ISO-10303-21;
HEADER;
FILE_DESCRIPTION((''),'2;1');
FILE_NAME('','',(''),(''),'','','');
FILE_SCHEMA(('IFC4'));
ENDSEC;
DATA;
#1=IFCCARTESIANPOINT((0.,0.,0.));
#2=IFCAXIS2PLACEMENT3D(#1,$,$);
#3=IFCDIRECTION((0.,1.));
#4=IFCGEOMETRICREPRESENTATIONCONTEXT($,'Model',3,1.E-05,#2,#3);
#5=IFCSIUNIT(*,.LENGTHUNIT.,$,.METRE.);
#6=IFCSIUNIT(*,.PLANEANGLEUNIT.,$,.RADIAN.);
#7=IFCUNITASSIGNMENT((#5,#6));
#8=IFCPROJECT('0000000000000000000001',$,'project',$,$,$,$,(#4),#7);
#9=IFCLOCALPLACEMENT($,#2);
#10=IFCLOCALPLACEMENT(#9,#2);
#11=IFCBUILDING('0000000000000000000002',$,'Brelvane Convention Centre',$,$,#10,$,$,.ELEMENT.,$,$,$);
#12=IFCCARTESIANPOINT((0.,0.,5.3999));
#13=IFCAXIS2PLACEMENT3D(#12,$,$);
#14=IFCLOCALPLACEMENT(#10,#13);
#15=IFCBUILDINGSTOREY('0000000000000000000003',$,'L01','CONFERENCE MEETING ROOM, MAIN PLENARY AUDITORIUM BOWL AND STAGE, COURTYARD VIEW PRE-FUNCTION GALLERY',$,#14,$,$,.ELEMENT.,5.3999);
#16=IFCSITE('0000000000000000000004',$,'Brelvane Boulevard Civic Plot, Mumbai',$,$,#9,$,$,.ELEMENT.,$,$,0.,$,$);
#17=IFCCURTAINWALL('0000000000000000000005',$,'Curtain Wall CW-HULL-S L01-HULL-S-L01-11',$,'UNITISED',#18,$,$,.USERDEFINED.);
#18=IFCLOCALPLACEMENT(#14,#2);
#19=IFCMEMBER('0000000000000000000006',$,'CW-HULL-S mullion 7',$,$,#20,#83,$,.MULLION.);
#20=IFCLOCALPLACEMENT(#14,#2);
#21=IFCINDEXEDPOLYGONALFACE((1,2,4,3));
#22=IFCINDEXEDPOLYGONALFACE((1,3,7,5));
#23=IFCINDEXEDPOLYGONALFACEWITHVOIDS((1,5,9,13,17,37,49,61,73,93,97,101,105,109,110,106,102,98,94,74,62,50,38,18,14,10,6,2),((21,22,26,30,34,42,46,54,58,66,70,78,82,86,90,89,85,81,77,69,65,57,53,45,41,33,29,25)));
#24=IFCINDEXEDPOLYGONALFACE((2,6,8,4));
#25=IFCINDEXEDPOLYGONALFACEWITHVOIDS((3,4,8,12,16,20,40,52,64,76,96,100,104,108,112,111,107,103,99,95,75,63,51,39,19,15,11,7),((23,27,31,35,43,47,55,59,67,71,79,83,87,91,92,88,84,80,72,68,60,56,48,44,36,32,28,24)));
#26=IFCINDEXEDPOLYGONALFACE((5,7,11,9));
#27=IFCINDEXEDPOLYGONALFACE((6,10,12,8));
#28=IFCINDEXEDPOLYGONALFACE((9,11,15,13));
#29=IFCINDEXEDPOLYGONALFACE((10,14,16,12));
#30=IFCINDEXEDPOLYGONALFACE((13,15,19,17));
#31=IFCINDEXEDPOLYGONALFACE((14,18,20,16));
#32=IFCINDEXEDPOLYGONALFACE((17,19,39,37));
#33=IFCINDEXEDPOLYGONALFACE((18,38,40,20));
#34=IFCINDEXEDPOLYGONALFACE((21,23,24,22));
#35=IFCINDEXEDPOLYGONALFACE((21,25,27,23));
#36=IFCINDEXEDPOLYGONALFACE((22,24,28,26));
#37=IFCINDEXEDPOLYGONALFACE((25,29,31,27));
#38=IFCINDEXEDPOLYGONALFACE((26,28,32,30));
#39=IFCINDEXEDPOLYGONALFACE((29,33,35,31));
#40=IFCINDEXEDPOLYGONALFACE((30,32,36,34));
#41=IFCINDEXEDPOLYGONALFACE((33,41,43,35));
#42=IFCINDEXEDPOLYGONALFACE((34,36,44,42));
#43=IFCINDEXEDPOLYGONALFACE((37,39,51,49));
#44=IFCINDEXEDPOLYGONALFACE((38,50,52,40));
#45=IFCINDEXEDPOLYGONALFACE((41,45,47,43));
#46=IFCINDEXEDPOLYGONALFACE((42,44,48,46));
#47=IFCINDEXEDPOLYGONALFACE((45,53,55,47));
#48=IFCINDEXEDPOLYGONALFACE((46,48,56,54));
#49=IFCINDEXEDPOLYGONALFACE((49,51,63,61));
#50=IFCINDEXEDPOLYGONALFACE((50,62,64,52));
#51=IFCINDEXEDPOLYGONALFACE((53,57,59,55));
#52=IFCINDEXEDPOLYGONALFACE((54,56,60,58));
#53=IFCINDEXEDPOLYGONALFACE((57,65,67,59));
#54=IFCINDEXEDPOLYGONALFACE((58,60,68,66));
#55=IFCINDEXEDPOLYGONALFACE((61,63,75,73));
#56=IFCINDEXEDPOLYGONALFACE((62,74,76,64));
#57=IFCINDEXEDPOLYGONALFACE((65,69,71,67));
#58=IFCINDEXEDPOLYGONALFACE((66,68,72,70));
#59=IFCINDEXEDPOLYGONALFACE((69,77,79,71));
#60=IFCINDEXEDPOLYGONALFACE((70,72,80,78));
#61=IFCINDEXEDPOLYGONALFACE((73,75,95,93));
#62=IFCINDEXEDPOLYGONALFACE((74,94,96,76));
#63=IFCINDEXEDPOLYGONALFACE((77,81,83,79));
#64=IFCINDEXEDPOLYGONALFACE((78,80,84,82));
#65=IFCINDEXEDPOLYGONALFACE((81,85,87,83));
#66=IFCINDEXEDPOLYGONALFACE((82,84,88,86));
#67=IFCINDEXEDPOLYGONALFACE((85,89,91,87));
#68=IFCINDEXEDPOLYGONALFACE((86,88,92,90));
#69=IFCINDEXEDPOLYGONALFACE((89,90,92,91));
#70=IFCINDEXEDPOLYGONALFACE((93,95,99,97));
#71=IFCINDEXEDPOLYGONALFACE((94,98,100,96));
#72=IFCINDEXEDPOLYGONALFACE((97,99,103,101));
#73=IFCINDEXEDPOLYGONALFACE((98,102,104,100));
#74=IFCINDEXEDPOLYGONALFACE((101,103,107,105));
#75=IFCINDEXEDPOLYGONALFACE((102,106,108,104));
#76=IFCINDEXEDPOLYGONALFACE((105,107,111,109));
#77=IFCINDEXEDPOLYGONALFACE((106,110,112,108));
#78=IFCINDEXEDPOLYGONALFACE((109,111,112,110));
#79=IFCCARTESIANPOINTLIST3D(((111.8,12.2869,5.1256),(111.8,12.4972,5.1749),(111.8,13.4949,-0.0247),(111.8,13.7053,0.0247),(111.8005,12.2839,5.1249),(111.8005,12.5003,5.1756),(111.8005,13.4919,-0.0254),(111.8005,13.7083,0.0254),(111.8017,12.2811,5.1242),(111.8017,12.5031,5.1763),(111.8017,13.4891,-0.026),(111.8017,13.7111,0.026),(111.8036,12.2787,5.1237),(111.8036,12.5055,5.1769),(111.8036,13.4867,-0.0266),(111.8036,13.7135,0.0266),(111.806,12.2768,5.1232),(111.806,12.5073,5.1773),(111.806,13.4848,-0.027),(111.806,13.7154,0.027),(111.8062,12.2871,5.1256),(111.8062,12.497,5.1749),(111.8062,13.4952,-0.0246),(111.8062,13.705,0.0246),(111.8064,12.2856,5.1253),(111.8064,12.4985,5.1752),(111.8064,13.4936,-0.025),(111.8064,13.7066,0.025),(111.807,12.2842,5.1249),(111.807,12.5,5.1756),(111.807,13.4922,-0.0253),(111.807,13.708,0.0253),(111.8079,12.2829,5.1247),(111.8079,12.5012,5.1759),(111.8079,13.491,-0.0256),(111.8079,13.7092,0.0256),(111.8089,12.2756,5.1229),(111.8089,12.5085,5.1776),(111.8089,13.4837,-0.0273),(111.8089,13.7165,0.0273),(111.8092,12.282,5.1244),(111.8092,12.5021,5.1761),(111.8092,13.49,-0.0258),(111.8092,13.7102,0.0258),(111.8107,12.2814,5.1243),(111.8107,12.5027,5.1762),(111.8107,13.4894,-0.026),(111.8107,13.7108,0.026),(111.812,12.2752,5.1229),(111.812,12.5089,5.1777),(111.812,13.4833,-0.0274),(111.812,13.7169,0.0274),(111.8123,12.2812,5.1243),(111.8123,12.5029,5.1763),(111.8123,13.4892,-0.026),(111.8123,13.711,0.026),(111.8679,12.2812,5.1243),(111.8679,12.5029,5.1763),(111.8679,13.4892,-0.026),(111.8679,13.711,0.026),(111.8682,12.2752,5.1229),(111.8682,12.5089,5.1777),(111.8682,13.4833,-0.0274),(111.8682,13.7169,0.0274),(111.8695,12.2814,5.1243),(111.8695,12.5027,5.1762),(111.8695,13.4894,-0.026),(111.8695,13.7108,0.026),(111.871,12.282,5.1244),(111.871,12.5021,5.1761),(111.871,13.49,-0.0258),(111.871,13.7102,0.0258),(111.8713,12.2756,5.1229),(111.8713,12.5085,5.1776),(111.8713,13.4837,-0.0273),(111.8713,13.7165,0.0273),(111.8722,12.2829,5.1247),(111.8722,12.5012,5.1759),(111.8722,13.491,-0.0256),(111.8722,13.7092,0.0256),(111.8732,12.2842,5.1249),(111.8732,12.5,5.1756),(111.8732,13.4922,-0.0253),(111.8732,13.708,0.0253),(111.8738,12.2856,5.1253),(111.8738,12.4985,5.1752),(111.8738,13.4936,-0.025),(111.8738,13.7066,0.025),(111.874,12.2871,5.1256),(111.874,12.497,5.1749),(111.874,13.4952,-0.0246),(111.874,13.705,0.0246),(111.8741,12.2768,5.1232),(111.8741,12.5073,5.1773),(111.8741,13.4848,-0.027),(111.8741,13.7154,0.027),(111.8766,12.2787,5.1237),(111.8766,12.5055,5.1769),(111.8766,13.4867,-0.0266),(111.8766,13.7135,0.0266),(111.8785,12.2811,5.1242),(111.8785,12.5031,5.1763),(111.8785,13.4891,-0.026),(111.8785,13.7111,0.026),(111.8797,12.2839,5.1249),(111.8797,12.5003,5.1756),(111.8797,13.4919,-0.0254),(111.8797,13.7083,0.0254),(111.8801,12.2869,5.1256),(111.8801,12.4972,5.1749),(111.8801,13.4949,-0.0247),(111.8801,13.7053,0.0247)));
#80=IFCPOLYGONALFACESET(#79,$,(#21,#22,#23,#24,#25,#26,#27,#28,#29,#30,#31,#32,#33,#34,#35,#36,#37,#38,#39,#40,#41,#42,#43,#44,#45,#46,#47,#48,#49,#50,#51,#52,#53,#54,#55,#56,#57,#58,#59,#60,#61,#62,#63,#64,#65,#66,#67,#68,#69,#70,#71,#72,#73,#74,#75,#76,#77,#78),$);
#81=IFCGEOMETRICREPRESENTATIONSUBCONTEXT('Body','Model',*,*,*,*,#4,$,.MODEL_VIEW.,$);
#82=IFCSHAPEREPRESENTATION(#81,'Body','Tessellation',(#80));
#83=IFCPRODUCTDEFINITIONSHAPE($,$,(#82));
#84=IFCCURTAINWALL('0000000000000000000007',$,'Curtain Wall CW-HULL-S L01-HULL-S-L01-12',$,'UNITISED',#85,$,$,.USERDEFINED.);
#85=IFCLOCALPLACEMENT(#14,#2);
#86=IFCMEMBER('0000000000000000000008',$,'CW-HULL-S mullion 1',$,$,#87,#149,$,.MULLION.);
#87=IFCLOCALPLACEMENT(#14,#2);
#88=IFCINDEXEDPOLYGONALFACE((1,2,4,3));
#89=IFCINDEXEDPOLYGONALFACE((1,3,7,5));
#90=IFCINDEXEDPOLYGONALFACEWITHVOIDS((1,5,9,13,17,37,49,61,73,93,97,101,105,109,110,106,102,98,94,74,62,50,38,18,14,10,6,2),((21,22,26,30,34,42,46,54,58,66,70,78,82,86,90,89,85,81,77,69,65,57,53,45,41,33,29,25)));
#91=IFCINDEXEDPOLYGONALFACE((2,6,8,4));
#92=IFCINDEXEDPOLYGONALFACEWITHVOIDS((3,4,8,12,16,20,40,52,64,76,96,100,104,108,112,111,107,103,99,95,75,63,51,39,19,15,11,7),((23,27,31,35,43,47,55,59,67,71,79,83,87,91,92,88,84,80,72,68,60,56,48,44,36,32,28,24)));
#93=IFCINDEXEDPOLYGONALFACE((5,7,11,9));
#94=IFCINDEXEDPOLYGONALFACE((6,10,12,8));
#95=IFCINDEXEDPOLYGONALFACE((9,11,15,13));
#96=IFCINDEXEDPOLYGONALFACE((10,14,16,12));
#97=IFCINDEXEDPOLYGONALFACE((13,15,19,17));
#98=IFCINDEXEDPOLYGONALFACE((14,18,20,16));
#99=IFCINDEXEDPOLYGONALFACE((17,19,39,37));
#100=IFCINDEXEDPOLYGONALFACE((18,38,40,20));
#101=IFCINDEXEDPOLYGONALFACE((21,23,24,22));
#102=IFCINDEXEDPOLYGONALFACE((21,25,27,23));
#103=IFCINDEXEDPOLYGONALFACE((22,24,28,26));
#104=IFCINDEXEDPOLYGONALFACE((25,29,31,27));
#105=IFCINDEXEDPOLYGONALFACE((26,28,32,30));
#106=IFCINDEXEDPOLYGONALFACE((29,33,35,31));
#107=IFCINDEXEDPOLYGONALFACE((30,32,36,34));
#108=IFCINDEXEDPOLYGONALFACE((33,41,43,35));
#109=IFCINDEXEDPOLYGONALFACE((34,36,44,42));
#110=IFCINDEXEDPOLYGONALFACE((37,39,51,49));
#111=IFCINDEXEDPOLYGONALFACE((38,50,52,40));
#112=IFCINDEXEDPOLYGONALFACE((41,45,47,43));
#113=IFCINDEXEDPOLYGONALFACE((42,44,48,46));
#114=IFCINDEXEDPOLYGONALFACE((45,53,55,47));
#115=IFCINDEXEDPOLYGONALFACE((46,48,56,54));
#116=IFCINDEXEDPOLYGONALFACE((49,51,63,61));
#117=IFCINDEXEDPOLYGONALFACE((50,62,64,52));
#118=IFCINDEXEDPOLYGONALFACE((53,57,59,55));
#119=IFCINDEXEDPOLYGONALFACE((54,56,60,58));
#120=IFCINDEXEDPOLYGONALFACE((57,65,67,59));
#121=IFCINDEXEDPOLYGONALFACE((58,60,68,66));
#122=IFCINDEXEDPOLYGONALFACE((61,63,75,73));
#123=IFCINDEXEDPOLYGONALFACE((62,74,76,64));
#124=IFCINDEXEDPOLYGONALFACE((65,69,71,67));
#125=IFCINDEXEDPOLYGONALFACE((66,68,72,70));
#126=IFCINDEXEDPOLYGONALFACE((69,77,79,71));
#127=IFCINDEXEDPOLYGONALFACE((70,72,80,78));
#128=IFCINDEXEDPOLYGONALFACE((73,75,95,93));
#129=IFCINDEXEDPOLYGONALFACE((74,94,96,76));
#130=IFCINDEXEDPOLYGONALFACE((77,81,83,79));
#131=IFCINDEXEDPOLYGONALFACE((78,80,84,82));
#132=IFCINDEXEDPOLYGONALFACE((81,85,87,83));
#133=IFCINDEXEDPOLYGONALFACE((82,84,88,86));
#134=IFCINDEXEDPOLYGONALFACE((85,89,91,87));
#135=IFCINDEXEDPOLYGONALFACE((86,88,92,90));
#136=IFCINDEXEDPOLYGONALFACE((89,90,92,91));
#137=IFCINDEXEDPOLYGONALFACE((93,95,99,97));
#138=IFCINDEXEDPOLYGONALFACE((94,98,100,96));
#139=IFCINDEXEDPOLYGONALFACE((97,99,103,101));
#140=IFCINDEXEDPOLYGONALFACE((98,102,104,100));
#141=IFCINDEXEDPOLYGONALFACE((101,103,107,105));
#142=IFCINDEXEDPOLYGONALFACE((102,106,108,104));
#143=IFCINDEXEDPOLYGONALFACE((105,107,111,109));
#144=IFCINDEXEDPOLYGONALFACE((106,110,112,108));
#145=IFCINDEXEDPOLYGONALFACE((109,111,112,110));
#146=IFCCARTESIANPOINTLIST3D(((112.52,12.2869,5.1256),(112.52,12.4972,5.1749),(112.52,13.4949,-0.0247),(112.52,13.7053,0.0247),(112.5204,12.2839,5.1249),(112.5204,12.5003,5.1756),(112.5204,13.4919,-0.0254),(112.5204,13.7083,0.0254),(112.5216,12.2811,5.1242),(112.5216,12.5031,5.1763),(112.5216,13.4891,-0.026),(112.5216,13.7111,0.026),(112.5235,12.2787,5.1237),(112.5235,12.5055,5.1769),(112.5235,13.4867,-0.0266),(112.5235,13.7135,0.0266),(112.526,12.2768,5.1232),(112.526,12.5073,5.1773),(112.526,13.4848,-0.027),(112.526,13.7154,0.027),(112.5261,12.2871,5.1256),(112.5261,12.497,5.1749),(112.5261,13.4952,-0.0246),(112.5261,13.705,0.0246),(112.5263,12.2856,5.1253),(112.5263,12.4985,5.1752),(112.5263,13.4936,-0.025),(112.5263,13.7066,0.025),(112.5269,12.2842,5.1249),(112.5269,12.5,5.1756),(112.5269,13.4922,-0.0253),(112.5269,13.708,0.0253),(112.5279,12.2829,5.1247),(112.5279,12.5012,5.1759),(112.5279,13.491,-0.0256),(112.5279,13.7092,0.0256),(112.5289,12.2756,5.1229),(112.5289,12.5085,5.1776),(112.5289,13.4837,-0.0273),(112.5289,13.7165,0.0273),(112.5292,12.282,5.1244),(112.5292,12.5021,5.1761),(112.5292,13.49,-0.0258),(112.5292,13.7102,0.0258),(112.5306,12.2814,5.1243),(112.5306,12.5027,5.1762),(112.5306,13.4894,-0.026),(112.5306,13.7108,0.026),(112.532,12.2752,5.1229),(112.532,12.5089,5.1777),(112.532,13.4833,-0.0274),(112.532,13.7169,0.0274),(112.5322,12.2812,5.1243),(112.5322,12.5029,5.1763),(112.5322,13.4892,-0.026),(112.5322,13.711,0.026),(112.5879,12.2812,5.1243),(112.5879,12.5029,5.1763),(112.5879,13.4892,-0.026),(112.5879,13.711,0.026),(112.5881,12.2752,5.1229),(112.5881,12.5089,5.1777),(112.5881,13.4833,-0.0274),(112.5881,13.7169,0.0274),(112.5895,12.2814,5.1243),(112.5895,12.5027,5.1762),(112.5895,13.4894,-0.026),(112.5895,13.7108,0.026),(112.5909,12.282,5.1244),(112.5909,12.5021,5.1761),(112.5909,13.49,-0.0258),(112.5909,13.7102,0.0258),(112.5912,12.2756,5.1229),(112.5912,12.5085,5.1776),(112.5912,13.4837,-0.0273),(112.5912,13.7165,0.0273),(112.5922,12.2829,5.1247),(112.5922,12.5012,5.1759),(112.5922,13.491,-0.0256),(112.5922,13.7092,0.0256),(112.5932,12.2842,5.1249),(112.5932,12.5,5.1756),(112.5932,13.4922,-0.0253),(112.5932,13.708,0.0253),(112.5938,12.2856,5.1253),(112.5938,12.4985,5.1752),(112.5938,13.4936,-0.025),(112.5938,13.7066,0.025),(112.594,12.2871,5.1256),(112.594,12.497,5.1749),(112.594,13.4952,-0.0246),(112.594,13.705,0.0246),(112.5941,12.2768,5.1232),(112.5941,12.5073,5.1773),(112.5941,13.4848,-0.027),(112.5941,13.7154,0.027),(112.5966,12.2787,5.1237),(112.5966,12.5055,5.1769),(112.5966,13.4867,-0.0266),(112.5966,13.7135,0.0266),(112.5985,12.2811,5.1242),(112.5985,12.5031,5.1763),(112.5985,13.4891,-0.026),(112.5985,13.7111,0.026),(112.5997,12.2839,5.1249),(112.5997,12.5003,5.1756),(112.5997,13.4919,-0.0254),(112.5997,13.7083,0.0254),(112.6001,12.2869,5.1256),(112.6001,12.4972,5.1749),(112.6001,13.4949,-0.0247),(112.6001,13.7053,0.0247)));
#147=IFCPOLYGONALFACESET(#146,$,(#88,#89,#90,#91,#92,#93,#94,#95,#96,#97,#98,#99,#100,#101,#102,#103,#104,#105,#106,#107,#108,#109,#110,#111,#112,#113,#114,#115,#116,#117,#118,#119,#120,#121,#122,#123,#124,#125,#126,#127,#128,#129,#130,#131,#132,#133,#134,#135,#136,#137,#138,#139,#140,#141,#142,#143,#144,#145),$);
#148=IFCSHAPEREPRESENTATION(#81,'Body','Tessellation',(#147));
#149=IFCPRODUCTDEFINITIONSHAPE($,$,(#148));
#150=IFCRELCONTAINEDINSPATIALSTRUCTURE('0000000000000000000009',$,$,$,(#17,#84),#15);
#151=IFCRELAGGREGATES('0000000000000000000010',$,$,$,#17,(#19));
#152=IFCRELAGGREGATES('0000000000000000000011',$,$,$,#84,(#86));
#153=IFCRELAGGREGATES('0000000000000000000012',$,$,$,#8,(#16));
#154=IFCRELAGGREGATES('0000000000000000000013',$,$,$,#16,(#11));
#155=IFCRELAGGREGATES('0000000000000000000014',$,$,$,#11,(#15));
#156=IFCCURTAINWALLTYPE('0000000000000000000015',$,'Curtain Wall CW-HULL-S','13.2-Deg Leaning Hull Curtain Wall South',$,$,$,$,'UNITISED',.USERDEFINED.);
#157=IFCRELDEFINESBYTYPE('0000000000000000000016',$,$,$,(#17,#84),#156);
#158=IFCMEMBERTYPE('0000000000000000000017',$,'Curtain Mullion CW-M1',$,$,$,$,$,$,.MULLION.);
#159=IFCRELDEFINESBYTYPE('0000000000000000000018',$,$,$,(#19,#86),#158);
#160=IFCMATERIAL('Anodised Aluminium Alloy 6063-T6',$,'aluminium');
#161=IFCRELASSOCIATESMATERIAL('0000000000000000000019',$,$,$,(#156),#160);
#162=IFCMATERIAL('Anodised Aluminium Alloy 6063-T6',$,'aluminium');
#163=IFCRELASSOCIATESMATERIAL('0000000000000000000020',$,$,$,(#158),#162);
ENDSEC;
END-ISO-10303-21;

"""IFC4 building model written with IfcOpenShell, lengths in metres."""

from ifc_helpers import new_model, si_unit, direction, frame, origin, origin_2d, place, context, subcontext, project, spatial, hollow_rectangle, extrude, material, material_profile, profile_set, type_object, element, aggregate, save


model = new_model("IFC4")

# Units and contexts
model_context = context("Model", 3, precision=1e-05, world=origin(), true_north=direction((0.0, 1.0)))
body_context = subcontext(model_context, "Body", "Model", "MODEL_VIEW")
ifc_project = project(units=[si_unit("LENGTHUNIT", "METRE"), si_unit("PLANEANGLEUNIT", "RADIAN")], contexts=[model_context])

# Site, building, storey
site_placement = place(None, origin())
site = spatial("IfcSite", under=ifc_project, at=site_placement, Name="Brelvane Boulevard Civic Plot, Mumbai", CompositionType="ELEMENT", RefElevation=0.0)
building_placement = place(site_placement, origin())
building = spatial("IfcBuilding", under=site, at=building_placement, Name="Brelvane Convention Centre", CompositionType="ELEMENT")
storey_placement = place(building_placement, frame((0.0, 0.0, 5.3999)))
storey = spatial("IfcBuildingStorey", under=building, at=storey_placement, Name="L01", Description="CONFERENCE MEETING ROOM, MAIN PLENARY AUDITORIUM BOWL AND STAGE, COURTYARD VIEW PRE-FUNCTION GALLERY", CompositionType="ELEMENT", Elevation=5.3999)

# Curtain walls, members
ifc_material_1 = material(Name="Anodised Aluminium Alloy 6063-T6", Category="aluminium")
curtain_wall_type = type_object("IfcCurtainWallType", Name="Curtain Wall CW-HULL-S", Description="13.2-Deg Leaning Hull Curtain Wall South", ElementType="UNITISED", PredefinedType="USERDEFINED", material=ifc_material_1)
curtain_wall_1_placement = place(storey_placement, origin())
curtain_wall_1 = element("IfcCurtainWall", 1, at=curtain_wall_1_placement, inside=storey, type_object=curtain_wall_type, Name="Curtain Wall CW-HULL-S L01-HULL-S-L01-11", ObjectType="UNITISED", PredefinedType="USERDEFINED")
ifc_material_2 = material(Name="Anodised Aluminium Alloy 6063-T6", Category="aluminium")
ifc_material_profile_1 = material_profile(ifc_material_2, hollow_rectangle(XDim=0.0801, YDim=0.24, WallThickness=0.0061, InnerFilletRadius=0.0061, OuterFilletRadius=0.012, at=origin_2d()), Name="ALU-M 240x80x6.0")
ifc_profile_set_1 = profile_set([ifc_material_profile_1], Name="Anodised Aluminium Alloy 6063-T6")
member_type_1 = type_object("IfcMemberType", Name="Curtain Mullion CW-M1", PredefinedType="MULLION", material=ifc_profile_set_1)
member_1_placement = place(storey_placement, frame((111.8401, 13.6001, 0.0), z_axis=(0.0, -0.22836, 0.973577), x_axis=(1.0, 0.0, 0.0)))
member_1 = element("IfcMember", 2, at=member_1_placement, type_object=member_type_1, Name="CW-HULL-S mullion 7", PredefinedType="MULLION", context=body_context, shape_type="SweptSolid", body=[
    extrude(hollow_rectangle(XDim=0.0801, YDim=0.24, WallThickness=0.0061, InnerFilletRadius=0.0061, OuterFilletRadius=0.012, at=origin_2d()), origin(), (0.0, 0.0, 1.0), 5.29),
])
curtain_wall_2_placement = place(storey_placement, origin())
curtain_wall_2 = element("IfcCurtainWall", 3, at=curtain_wall_2_placement, inside=storey, type_object=curtain_wall_type, Name="Curtain Wall CW-HULL-S L01-HULL-S-L01-12", ObjectType="UNITISED", PredefinedType="USERDEFINED")
member_2_placement = place(storey_placement, frame((112.5601, 13.6001, 0.0), z_axis=(0.0, -0.22836, 0.973577), x_axis=(1.0, 0.0, 0.0)))
member_2 = element("IfcMember", 4, at=member_2_placement, type_object=member_type_1, Name="CW-HULL-S mullion 1", PredefinedType="MULLION", context=body_context, shape_type="SweptSolid", body=[
    extrude(hollow_rectangle(XDim=0.0801, YDim=0.24, WallThickness=0.0061, InnerFilletRadius=0.0061, OuterFilletRadius=0.012, at=origin_2d()), origin(), (0.0, 0.0, 1.0), 5.29),
])

aggregate(curtain_wall_1, [member_1])
aggregate(curtain_wall_2, [member_2])

save(model, "model.ifc")
